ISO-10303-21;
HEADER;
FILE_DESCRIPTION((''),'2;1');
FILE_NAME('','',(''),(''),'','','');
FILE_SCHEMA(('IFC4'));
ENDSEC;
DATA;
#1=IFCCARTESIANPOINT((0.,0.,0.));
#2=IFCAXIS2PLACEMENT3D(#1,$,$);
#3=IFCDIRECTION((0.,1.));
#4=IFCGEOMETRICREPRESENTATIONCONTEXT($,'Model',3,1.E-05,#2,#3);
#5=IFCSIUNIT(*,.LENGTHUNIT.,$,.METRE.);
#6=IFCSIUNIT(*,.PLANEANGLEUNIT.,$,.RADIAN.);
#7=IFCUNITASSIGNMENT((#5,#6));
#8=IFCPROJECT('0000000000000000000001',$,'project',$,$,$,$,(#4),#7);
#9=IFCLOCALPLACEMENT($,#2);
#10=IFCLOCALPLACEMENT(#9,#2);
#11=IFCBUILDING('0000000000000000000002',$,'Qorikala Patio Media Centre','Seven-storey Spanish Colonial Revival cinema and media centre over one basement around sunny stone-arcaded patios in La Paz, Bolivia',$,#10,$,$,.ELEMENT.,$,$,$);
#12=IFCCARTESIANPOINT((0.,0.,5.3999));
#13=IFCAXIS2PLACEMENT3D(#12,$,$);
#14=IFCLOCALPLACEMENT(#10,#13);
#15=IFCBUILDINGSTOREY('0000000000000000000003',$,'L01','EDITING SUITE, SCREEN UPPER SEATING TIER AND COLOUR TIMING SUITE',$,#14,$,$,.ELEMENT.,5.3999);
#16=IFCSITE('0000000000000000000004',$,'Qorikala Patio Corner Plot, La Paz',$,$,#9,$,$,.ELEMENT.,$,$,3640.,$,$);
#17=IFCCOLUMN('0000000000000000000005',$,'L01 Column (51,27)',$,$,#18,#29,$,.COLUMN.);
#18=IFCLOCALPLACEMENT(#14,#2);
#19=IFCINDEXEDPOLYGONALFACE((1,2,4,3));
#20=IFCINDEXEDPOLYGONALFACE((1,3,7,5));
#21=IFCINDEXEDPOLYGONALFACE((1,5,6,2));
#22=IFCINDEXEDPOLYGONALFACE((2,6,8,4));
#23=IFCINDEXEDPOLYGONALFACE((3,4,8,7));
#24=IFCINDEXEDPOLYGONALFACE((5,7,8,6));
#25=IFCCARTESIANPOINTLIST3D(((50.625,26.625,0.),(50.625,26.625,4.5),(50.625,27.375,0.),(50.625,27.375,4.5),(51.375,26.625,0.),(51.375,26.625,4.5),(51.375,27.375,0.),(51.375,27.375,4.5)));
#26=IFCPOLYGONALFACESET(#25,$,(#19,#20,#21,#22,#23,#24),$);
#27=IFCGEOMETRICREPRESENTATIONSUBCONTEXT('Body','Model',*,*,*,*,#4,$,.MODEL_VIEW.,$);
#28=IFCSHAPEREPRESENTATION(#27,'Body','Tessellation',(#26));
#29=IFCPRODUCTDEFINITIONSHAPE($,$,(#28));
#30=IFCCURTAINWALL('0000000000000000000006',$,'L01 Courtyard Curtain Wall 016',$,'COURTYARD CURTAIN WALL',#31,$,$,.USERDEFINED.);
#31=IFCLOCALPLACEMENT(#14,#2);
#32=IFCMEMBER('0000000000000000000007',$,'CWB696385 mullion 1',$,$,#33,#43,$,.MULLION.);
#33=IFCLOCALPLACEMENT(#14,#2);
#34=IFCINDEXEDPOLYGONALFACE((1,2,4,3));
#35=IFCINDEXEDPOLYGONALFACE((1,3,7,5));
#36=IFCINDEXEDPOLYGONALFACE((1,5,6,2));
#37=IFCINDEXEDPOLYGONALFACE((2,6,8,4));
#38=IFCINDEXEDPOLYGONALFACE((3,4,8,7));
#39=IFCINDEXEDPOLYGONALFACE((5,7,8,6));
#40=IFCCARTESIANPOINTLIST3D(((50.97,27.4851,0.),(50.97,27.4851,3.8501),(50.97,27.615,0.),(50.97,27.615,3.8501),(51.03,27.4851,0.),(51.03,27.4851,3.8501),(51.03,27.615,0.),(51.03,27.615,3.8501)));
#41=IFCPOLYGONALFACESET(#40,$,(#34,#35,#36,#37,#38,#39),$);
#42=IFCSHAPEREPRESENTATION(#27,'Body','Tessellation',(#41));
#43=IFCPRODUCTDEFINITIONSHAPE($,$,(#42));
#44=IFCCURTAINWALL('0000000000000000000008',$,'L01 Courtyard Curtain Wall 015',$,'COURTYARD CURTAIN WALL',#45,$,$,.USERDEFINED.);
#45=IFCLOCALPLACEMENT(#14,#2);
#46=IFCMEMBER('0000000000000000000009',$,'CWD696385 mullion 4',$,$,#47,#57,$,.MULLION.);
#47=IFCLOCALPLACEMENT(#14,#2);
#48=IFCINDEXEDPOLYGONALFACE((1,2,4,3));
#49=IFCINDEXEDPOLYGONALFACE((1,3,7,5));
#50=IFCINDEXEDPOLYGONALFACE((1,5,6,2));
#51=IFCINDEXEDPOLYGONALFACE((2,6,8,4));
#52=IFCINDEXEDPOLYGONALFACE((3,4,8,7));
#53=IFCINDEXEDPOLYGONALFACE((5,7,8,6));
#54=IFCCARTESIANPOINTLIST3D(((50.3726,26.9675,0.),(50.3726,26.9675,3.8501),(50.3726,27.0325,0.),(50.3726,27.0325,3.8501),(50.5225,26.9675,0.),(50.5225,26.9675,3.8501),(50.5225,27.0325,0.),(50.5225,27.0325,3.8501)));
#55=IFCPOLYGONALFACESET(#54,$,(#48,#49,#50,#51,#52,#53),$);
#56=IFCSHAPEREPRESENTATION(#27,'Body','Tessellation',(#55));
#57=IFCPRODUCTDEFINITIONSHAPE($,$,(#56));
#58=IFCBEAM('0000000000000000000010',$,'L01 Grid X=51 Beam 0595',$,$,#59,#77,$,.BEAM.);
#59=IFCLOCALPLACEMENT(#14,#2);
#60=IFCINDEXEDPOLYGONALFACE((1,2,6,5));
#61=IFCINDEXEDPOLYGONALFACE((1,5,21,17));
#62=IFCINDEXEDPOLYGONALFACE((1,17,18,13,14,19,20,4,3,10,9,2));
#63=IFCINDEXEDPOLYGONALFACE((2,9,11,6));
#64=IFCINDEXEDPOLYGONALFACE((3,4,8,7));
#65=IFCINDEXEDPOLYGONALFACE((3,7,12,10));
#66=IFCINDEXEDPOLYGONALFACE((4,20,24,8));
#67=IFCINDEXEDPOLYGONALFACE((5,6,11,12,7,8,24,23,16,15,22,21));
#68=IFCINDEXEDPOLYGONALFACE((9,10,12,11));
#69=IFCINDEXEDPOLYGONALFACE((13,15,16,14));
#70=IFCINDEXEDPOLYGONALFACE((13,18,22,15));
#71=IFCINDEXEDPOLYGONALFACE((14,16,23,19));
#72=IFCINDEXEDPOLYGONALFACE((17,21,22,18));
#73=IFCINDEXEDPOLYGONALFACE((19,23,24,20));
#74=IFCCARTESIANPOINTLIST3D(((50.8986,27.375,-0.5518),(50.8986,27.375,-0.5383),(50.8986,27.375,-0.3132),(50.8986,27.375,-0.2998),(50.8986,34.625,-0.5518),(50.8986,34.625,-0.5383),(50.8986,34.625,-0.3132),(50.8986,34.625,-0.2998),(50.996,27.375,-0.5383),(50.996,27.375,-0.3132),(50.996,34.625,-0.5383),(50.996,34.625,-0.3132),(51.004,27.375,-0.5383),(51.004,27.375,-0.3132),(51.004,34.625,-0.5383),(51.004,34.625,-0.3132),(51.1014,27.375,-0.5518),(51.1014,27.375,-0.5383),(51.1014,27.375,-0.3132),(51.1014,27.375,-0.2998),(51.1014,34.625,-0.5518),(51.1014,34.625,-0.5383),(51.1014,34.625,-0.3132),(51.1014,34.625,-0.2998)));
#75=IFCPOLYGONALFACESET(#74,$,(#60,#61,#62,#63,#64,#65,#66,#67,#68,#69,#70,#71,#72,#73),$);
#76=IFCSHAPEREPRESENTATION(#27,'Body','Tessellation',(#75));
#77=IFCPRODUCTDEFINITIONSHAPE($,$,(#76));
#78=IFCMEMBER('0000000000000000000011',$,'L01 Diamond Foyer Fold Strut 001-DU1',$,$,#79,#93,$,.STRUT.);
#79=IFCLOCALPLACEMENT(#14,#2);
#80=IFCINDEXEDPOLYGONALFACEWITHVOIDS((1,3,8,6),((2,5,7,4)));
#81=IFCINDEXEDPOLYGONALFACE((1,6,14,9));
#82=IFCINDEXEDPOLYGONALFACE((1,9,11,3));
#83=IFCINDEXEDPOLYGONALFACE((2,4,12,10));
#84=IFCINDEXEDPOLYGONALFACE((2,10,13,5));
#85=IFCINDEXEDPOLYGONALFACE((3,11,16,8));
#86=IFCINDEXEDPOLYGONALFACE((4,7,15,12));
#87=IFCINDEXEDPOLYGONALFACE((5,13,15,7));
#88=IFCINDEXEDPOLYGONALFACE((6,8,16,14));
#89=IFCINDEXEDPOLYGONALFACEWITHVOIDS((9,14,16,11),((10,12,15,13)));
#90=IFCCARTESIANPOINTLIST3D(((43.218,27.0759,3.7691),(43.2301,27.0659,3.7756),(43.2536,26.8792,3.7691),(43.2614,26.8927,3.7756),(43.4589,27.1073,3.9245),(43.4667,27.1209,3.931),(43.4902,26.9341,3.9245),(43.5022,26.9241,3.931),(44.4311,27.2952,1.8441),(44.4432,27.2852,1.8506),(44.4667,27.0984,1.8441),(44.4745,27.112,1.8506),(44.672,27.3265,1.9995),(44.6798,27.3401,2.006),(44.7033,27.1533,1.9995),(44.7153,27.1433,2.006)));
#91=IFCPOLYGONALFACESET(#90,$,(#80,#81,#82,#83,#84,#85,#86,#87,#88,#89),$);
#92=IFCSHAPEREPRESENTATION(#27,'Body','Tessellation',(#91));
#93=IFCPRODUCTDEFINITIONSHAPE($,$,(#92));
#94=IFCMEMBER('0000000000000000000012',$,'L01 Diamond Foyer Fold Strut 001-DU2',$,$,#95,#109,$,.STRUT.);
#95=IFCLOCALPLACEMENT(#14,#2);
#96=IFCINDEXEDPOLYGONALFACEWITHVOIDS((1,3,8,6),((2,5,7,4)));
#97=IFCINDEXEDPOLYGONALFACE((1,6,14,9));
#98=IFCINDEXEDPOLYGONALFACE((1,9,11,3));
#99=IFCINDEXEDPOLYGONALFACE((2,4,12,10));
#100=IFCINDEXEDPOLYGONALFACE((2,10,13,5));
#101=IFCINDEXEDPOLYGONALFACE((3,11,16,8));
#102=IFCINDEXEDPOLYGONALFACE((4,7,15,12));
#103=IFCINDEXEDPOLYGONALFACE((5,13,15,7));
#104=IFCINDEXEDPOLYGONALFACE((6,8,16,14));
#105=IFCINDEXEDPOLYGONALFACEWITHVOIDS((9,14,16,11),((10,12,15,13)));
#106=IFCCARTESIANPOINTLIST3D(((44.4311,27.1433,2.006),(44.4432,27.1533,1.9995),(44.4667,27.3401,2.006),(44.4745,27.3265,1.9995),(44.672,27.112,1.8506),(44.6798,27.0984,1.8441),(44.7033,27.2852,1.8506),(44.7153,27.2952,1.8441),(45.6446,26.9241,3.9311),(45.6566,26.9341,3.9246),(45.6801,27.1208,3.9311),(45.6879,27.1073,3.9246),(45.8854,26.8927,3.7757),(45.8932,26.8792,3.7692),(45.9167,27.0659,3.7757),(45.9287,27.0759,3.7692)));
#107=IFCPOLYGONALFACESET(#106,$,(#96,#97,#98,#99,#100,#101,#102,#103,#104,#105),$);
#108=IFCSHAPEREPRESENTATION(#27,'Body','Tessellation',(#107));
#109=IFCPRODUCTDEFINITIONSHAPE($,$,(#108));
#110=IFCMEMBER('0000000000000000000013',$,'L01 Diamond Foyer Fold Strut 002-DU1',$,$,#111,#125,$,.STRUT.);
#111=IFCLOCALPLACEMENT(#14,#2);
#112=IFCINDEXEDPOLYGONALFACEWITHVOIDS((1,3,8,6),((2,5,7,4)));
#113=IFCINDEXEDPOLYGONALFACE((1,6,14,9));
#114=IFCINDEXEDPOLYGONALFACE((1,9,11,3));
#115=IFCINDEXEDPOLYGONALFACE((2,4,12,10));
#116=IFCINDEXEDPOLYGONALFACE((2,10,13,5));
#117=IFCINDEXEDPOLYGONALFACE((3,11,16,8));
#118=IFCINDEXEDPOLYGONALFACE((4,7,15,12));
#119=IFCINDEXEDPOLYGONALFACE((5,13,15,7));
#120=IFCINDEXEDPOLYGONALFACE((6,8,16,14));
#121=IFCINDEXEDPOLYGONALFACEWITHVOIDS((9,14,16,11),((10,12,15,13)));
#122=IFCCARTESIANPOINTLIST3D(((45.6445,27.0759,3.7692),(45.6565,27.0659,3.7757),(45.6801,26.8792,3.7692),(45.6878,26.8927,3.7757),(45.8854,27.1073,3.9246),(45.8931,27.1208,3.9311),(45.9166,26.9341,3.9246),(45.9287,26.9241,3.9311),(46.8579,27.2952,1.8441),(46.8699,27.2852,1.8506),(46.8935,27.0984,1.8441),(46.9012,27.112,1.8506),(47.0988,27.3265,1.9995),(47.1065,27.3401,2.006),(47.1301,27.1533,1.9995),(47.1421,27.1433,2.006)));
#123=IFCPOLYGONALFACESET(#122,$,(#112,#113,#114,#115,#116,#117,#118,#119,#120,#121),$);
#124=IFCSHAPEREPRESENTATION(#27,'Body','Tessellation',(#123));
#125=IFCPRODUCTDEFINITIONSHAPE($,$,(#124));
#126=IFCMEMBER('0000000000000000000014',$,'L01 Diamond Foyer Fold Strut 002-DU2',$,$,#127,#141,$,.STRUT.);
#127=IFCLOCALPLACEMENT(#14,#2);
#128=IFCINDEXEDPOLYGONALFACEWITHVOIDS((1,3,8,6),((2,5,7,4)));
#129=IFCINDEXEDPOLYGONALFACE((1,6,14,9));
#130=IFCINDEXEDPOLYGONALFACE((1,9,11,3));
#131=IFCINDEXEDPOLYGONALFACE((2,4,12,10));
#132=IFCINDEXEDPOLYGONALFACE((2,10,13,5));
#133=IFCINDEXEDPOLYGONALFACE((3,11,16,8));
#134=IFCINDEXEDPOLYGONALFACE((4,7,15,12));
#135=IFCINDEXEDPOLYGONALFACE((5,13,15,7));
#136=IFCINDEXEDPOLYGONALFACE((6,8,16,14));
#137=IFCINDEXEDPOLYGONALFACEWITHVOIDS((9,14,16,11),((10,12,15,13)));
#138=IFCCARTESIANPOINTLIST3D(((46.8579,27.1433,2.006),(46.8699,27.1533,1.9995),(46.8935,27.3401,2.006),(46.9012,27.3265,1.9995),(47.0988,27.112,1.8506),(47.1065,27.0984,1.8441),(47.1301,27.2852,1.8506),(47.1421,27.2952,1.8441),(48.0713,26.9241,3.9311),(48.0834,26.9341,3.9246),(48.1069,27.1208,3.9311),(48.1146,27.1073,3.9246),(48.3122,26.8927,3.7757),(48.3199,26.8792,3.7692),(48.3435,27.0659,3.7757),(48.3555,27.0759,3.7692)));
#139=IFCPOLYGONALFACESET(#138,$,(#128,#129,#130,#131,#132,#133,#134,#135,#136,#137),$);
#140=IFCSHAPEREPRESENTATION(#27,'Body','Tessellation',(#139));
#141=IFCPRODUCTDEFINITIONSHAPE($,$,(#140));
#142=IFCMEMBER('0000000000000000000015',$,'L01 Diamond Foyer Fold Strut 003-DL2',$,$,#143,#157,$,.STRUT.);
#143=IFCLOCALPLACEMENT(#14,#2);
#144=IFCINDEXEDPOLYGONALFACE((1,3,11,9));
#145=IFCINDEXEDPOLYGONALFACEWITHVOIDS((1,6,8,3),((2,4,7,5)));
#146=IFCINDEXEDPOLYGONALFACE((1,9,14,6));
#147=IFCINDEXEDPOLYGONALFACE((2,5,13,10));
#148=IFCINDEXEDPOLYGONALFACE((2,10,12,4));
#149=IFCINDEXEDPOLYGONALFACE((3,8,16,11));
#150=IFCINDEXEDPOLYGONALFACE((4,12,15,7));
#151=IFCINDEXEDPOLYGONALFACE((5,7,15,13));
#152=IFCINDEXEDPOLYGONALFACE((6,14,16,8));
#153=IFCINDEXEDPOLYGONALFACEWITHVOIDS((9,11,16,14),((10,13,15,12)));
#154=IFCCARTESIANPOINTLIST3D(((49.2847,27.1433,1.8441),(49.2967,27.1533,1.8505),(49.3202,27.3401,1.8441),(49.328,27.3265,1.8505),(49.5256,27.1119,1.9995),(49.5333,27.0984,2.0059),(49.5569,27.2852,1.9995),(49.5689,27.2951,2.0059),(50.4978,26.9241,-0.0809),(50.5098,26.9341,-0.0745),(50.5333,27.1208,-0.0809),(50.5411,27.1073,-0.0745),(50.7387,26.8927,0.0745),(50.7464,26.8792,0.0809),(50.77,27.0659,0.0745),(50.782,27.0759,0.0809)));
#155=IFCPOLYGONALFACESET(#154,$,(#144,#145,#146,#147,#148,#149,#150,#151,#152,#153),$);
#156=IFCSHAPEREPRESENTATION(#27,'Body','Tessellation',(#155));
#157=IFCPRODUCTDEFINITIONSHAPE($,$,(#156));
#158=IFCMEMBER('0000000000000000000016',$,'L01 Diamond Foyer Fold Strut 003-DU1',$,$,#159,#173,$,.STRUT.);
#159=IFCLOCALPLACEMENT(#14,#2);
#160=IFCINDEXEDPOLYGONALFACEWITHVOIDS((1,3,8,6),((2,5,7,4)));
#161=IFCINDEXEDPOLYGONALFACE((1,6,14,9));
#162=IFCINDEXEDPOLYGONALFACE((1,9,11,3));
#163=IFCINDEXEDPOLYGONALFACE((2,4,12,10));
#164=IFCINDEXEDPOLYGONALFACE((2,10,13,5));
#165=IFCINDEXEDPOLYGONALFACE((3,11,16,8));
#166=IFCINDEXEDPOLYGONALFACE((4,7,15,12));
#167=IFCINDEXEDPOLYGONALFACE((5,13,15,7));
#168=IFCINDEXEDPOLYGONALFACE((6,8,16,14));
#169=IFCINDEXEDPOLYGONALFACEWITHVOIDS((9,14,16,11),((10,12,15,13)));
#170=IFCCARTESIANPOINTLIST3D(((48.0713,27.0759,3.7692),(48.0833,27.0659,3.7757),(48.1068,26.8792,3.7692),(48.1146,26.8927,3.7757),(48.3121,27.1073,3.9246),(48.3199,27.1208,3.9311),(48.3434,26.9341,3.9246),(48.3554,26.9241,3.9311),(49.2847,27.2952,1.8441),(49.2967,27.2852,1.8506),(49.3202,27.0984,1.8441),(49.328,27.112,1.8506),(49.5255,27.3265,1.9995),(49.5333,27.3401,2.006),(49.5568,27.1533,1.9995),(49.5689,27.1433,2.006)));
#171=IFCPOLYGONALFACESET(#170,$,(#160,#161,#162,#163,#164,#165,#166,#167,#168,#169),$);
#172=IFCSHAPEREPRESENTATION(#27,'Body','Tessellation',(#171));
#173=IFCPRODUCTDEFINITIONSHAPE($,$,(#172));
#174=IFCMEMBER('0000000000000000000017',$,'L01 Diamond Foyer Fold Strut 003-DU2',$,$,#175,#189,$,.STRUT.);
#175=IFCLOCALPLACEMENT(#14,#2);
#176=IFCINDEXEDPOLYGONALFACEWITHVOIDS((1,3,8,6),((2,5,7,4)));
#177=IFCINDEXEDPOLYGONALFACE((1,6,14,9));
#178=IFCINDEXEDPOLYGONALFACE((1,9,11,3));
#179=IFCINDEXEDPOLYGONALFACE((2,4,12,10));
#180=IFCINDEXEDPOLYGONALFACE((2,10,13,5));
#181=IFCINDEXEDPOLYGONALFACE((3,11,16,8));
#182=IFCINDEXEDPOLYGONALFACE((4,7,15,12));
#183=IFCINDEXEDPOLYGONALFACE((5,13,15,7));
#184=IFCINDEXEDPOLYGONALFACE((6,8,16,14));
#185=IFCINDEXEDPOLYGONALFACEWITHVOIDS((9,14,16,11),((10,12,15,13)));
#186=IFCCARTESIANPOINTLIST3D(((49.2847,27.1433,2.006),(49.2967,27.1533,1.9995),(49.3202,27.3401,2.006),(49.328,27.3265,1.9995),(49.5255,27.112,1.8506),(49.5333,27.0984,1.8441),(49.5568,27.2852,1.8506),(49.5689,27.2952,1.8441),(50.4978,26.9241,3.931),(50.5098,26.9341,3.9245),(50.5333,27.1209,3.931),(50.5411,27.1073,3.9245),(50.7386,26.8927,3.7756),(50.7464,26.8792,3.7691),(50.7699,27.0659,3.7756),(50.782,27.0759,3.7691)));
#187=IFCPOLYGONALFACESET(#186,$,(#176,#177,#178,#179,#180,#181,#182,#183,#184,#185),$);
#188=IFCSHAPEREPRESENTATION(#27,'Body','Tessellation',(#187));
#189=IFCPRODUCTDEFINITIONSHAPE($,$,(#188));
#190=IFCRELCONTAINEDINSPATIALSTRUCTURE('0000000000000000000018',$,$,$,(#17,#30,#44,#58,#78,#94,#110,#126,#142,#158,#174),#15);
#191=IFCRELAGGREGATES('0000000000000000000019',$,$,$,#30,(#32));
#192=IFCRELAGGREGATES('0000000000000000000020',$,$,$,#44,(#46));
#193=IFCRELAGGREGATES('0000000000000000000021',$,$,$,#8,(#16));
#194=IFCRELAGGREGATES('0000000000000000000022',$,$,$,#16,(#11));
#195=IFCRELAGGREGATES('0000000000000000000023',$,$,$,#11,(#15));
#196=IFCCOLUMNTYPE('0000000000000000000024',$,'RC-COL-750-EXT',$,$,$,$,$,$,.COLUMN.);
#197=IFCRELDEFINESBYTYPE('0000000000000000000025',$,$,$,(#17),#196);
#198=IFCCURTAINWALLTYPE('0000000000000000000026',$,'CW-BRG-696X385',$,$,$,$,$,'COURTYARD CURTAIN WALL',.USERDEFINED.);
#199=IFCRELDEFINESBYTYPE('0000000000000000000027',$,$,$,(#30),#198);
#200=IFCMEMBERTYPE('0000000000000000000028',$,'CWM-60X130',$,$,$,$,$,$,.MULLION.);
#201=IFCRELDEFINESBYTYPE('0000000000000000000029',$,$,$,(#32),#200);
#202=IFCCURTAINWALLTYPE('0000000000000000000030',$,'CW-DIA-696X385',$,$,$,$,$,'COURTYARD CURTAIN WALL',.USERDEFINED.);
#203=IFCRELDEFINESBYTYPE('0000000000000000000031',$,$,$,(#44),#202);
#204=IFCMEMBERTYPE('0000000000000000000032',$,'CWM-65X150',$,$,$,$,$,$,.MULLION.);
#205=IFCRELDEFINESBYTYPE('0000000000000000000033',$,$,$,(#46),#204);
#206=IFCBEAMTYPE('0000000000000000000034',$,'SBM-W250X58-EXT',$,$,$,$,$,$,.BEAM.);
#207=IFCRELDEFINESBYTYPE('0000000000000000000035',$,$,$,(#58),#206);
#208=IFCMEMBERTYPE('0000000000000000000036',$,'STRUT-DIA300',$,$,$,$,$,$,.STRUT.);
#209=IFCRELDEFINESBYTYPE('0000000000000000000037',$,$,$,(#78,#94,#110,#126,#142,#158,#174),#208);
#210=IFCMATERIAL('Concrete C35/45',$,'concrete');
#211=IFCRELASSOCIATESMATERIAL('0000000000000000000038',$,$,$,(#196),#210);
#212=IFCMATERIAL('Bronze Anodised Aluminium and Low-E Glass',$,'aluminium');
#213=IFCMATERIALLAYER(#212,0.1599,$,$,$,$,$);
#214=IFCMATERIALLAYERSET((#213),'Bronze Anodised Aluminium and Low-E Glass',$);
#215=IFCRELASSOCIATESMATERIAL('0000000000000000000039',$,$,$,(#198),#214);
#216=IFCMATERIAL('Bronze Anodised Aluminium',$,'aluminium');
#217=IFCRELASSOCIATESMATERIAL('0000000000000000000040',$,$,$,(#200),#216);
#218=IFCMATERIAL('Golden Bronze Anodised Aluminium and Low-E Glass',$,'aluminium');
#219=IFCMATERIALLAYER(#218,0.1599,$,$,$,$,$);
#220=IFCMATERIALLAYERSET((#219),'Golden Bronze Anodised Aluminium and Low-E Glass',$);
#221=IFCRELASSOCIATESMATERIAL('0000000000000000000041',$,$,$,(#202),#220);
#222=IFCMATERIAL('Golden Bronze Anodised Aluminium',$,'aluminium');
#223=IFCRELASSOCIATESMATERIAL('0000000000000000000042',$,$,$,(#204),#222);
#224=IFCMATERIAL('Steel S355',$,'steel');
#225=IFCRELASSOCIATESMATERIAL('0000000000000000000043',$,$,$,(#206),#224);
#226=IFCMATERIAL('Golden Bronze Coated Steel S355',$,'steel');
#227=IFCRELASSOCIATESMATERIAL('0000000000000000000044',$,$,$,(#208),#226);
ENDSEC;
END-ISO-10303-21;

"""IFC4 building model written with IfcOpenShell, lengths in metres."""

from ifc_helpers import new_model, si_unit, direction, frame, origin, origin_2d, place, context, subcontext, project, spatial, rectangle, hollow_rectangle, i_section, extrude, material, layer, layer_set, material_profile, profile_set, type_object, element, aggregate, save


model = new_model("IFC4")

# Units and contexts
model_context = context("Model", 3, precision=1e-05, world=origin(), true_north=direction((0.0, 1.0)))
body_context = subcontext(model_context, "Body", "Model", "MODEL_VIEW")
ifc_project = project(units=[si_unit("LENGTHUNIT", "METRE"), si_unit("PLANEANGLEUNIT", "RADIAN")], contexts=[model_context])

# Site, building, storey
site_placement = place(None, origin())
site = spatial("IfcSite", under=ifc_project, at=site_placement, Name="Qorikala Patio Corner Plot, La Paz", CompositionType="ELEMENT", RefElevation=3640.0)
building_placement = place(site_placement, origin())
building = spatial("IfcBuilding", under=site, at=building_placement, Name="Qorikala Patio Media Centre", Description="Seven-storey Spanish Colonial Revival cinema and media centre over one basement around sunny stone-arcaded patios in La Paz, Bolivia", CompositionType="ELEMENT")
storey_placement = place(building_placement, frame((0.0, 0.0, 5.3999)))
storey = spatial("IfcBuildingStorey", under=building, at=storey_placement, Name="L01", Description="EDITING SUITE, SCREEN UPPER SEATING TIER AND COLOUR TIMING SUITE", CompositionType="ELEMENT", Elevation=5.3999)

# Column
ifc_material_1 = material(Name="Concrete C35/45", Category="concrete")
ifc_material_profile_1 = material_profile(ifc_material_1, rectangle(XDim=0.75, YDim=0.75, at=origin_2d()), Name="RC 750x750")
ifc_profile_set_1 = profile_set([ifc_material_profile_1], Name="Concrete C35/45")
column_type = type_object("IfcColumnType", Name="RC-COL-750-EXT", PredefinedType="COLUMN", material=ifc_profile_set_1)
column_placement = place(storey_placement, frame((51.0, 27.0, 0.0), z_axis=(0.0, 0.0, 1.0), x_axis=(1.0, 0.0, 0.0)))
element("IfcColumn", 1, at=column_placement, inside=storey, type_object=column_type, Name="L01 Column (51,27)", PredefinedType="COLUMN", context=body_context, shape_type="SweptSolid", body=[
    extrude(rectangle(XDim=0.75, YDim=0.75, at=origin_2d()), origin(), (0.0, 0.0, 1.0), 4.5),
])

# Curtain walls, members
ifc_material_2 = material(Name="Bronze Anodised Aluminium and Low-E Glass", Category="aluminium")
ifc_layer_1 = layer(ifc_material_2, 0.1599)
ifc_layer_set_1 = layer_set([ifc_layer_1], Name="Bronze Anodised Aluminium and Low-E Glass")
curtain_wall_type_1 = type_object("IfcCurtainWallType", Name="CW-BRG-696X385", ElementType="COURTYARD CURTAIN WALL", PredefinedType="USERDEFINED", material=ifc_layer_set_1)
curtain_wall_1_placement = place(storey_placement, origin())
curtain_wall_1 = element("IfcCurtainWall", 2, at=curtain_wall_1_placement, inside=storey, type_object=curtain_wall_type_1, Name="L01 Courtyard Curtain Wall 016", ObjectType="COURTYARD CURTAIN WALL", PredefinedType="USERDEFINED")
ifc_material_3 = material(Name="Bronze Anodised Aluminium", Category="aluminium")
ifc_material_profile_2 = material_profile(ifc_material_3, rectangle(XDim=0.0601, YDim=0.1299, at=origin_2d()), Name="ALU MULLION 60x130")
ifc_profile_set_2 = profile_set([ifc_material_profile_2], Name="Bronze Anodised Aluminium")
member_type_1 = type_object("IfcMemberType", Name="CWM-60X130", PredefinedType="MULLION", material=ifc_profile_set_2)
member_1_placement = place(storey_placement, frame((51.0, 27.55, 0.0), z_axis=(0.0, 0.0, 1.0), x_axis=(-1.0, 0.0, 0.0)))
member_1 = element("IfcMember", 3, at=member_1_placement, type_object=member_type_1, Name="CWB696385 mullion 1", PredefinedType="MULLION", context=body_context, shape_type="SweptSolid", body=[
    extrude(rectangle(XDim=0.0601, YDim=0.1299, at=origin_2d()), origin(), (0.0, 0.0, 1.0), 3.8501),
])
aggregate(curtain_wall_1, [member_1])
ifc_material_4 = material(Name="Golden Bronze Anodised Aluminium and Low-E Glass", Category="aluminium")
ifc_layer_2 = layer(ifc_material_4, 0.1599)
ifc_layer_set_2 = layer_set([ifc_layer_2], Name="Golden Bronze Anodised Aluminium and Low-E Glass")
curtain_wall_type_2 = type_object("IfcCurtainWallType", Name="CW-DIA-696X385", ElementType="COURTYARD CURTAIN WALL", PredefinedType="USERDEFINED", material=ifc_layer_set_2)
curtain_wall_2_placement = place(storey_placement, origin())
curtain_wall_2 = element("IfcCurtainWall", 4, at=curtain_wall_2_placement, inside=storey, type_object=curtain_wall_type_2, Name="L01 Courtyard Curtain Wall 015", ObjectType="COURTYARD CURTAIN WALL", PredefinedType="USERDEFINED")
ifc_material_5 = material(Name="Golden Bronze Anodised Aluminium", Category="aluminium")
ifc_material_profile_3 = material_profile(ifc_material_5, rectangle(XDim=0.0649, YDim=0.1499, at=origin_2d()), Name="ALU MULLION 65x150")
ifc_profile_set_3 = profile_set([ifc_material_profile_3], Name="Golden Bronze Anodised Aluminium")
member_type_2 = type_object("IfcMemberType", Name="CWM-65X150", PredefinedType="MULLION", material=ifc_profile_set_3)
member_2_placement = place(storey_placement, frame((50.4475, 27.0, 0.0), z_axis=(0.0, 0.0, 1.0), x_axis=(0.0, 1.0, 0.0)))
member_2 = element("IfcMember", 5, at=member_2_placement, type_object=member_type_2, Name="CWD696385 mullion 4", PredefinedType="MULLION", context=body_context, shape_type="SweptSolid", body=[
    extrude(rectangle(XDim=0.0649, YDim=0.1499, at=origin_2d()), origin(), (0.0, 0.0, 1.0), 3.8501),
])

# Beam
ifc_material_6 = material(Name="Steel S355", Category="steel")
ifc_material_profile_4 = material_profile(ifc_material_6, i_section(OverallWidth=0.2029, OverallDepth=0.252, WebThickness=0.0081, FlangeThickness=0.0134, at=origin_2d()), Name="W250X58")
ifc_profile_set_4 = profile_set([ifc_material_profile_4], Name="Steel S355")
beam_type = type_object("IfcBeamType", Name="SBM-W250X58-EXT", PredefinedType="BEAM", material=ifc_profile_set_4)
beam_placement = place(storey_placement, frame((51.0, 27.375, -0.4258), z_axis=(0.0, 1.0, 0.0), x_axis=(-1.0, 0.0, 0.0)))
element("IfcBeam", 6, at=beam_placement, inside=storey, type_object=beam_type, Name="L01 Grid X=51 Beam 0595", PredefinedType="BEAM", context=body_context, shape_type="SweptSolid", body=[
    extrude(i_section(OverallWidth=0.2029, OverallDepth=0.252, WebThickness=0.0081, FlangeThickness=0.0134, at=origin_2d()), origin(), (0.0, 0.0, 1.0), 7.25),
])

# Members
ifc_material_7 = material(Name="Golden Bronze Coated Steel S355", Category="steel")
ifc_material_profile_5 = material_profile(ifc_material_7, hollow_rectangle(XDim=0.2, YDim=0.3, WallThickness=0.012, at=origin_2d()), Name="HSS300X200X12")
ifc_profile_set_5 = profile_set([ifc_material_profile_5], Name="Golden Bronze Coated Steel S355")
member_type_3 = type_object("IfcMemberType", Name="STRUT-DIA300", PredefinedType="STRUT", material=ifc_profile_set_5)
member_3_placement = place(storey_placement, frame((44.5732, 27.2192, 1.925), z_axis=(-0.530691, -0.095907, 0.842121), x_axis=(0.17784, -0.984059, 0.0)))
element("IfcMember", 7, at=member_3_placement, inside=storey, type_object=member_type_3, Name="L01 Diamond Foyer Fold Strut 001-DU1", PredefinedType="STRUT", context=body_context, shape_type="SweptSolid", body=[
    extrude(hollow_rectangle(XDim=0.2, YDim=0.3, WallThickness=0.012, at=origin_2d()), origin(), (0.0, 0.0, 1.0), 2.2859),
])
for number, where, z_axis, x_axis, name in (
    (8, (44.5732, 27.2192, 1.925), (0.530768, -0.095901, 0.842074), (0.177805, 0.984066, 0.0), "L01 Diamond Foyer Fold Strut 001-DU2"),
    (9, (47.0, 27.2192, 1.925), (-0.530768, -0.095901, 0.842074), (0.177805, -0.984066, 0.0), "L01 Diamond Foyer Fold Strut 002-DU1"),
    (10, (47.0, 27.2192, 1.925), (0.530768, -0.095901, 0.842074), (0.177805, 0.984066, 0.0), "L01 Diamond Foyer Fold Strut 002-DU2"),
):
    element("IfcMember", number, at=place(storey_placement, frame(where, z_axis=z_axis, x_axis=x_axis)), inside=storey, type_object=member_type_3, Name=name, PredefinedType="STRUT", context=body_context, shape_type="SweptSolid", body=[
        extrude(hollow_rectangle(XDim=0.2, YDim=0.3, WallThickness=0.012, at=origin_2d()), origin(), (0.0, 0.0, 1.0), 2.2861),
    ])
member_4_placement = place(storey_placement, frame((50.6399, 27.0, 0.0), z_axis=(-0.530691, 0.095907, 0.842121), x_axis=(-0.17784, -0.984059, 0.0)))
element("IfcMember", 11, at=member_4_placement, inside=storey, type_object=member_type_3, Name="L01 Diamond Foyer Fold Strut 003-DL2", PredefinedType="STRUT", context=body_context, shape_type="SweptSolid", body=[
    extrude(hollow_rectangle(XDim=0.2, YDim=0.3, WallThickness=0.012, at=origin_2d()), origin(), (0.0, 0.0, 1.0), 2.2859),
])
member_5_placement = place(storey_placement, frame((49.4268, 27.2192, 1.925), z_axis=(-0.530768, -0.095901, 0.842074), x_axis=(0.177805, -0.984066, 0.0)))
element("IfcMember", 12, at=member_5_placement, inside=storey, type_object=member_type_3, Name="L01 Diamond Foyer Fold Strut 003-DU1", PredefinedType="STRUT", context=body_context, shape_type="SweptSolid", body=[
    extrude(hollow_rectangle(XDim=0.2, YDim=0.3, WallThickness=0.012, at=origin_2d()), origin(), (0.0, 0.0, 1.0), 2.2861),
])
member_6_placement = place(storey_placement, frame((49.4268, 27.2192, 1.925), z_axis=(0.530691, -0.095907, 0.842121), x_axis=(0.17784, 0.984059, 0.0)))
element("IfcMember", 13, at=member_6_placement, inside=storey, type_object=member_type_3, Name="L01 Diamond Foyer Fold Strut 003-DU2", PredefinedType="STRUT", context=body_context, shape_type="SweptSolid", body=[
    extrude(hollow_rectangle(XDim=0.2, YDim=0.3, WallThickness=0.012, at=origin_2d()), origin(), (0.0, 0.0, 1.0), 2.2859),
])

aggregate(curtain_wall_2, [member_2])

save(model, "model.ifc")
